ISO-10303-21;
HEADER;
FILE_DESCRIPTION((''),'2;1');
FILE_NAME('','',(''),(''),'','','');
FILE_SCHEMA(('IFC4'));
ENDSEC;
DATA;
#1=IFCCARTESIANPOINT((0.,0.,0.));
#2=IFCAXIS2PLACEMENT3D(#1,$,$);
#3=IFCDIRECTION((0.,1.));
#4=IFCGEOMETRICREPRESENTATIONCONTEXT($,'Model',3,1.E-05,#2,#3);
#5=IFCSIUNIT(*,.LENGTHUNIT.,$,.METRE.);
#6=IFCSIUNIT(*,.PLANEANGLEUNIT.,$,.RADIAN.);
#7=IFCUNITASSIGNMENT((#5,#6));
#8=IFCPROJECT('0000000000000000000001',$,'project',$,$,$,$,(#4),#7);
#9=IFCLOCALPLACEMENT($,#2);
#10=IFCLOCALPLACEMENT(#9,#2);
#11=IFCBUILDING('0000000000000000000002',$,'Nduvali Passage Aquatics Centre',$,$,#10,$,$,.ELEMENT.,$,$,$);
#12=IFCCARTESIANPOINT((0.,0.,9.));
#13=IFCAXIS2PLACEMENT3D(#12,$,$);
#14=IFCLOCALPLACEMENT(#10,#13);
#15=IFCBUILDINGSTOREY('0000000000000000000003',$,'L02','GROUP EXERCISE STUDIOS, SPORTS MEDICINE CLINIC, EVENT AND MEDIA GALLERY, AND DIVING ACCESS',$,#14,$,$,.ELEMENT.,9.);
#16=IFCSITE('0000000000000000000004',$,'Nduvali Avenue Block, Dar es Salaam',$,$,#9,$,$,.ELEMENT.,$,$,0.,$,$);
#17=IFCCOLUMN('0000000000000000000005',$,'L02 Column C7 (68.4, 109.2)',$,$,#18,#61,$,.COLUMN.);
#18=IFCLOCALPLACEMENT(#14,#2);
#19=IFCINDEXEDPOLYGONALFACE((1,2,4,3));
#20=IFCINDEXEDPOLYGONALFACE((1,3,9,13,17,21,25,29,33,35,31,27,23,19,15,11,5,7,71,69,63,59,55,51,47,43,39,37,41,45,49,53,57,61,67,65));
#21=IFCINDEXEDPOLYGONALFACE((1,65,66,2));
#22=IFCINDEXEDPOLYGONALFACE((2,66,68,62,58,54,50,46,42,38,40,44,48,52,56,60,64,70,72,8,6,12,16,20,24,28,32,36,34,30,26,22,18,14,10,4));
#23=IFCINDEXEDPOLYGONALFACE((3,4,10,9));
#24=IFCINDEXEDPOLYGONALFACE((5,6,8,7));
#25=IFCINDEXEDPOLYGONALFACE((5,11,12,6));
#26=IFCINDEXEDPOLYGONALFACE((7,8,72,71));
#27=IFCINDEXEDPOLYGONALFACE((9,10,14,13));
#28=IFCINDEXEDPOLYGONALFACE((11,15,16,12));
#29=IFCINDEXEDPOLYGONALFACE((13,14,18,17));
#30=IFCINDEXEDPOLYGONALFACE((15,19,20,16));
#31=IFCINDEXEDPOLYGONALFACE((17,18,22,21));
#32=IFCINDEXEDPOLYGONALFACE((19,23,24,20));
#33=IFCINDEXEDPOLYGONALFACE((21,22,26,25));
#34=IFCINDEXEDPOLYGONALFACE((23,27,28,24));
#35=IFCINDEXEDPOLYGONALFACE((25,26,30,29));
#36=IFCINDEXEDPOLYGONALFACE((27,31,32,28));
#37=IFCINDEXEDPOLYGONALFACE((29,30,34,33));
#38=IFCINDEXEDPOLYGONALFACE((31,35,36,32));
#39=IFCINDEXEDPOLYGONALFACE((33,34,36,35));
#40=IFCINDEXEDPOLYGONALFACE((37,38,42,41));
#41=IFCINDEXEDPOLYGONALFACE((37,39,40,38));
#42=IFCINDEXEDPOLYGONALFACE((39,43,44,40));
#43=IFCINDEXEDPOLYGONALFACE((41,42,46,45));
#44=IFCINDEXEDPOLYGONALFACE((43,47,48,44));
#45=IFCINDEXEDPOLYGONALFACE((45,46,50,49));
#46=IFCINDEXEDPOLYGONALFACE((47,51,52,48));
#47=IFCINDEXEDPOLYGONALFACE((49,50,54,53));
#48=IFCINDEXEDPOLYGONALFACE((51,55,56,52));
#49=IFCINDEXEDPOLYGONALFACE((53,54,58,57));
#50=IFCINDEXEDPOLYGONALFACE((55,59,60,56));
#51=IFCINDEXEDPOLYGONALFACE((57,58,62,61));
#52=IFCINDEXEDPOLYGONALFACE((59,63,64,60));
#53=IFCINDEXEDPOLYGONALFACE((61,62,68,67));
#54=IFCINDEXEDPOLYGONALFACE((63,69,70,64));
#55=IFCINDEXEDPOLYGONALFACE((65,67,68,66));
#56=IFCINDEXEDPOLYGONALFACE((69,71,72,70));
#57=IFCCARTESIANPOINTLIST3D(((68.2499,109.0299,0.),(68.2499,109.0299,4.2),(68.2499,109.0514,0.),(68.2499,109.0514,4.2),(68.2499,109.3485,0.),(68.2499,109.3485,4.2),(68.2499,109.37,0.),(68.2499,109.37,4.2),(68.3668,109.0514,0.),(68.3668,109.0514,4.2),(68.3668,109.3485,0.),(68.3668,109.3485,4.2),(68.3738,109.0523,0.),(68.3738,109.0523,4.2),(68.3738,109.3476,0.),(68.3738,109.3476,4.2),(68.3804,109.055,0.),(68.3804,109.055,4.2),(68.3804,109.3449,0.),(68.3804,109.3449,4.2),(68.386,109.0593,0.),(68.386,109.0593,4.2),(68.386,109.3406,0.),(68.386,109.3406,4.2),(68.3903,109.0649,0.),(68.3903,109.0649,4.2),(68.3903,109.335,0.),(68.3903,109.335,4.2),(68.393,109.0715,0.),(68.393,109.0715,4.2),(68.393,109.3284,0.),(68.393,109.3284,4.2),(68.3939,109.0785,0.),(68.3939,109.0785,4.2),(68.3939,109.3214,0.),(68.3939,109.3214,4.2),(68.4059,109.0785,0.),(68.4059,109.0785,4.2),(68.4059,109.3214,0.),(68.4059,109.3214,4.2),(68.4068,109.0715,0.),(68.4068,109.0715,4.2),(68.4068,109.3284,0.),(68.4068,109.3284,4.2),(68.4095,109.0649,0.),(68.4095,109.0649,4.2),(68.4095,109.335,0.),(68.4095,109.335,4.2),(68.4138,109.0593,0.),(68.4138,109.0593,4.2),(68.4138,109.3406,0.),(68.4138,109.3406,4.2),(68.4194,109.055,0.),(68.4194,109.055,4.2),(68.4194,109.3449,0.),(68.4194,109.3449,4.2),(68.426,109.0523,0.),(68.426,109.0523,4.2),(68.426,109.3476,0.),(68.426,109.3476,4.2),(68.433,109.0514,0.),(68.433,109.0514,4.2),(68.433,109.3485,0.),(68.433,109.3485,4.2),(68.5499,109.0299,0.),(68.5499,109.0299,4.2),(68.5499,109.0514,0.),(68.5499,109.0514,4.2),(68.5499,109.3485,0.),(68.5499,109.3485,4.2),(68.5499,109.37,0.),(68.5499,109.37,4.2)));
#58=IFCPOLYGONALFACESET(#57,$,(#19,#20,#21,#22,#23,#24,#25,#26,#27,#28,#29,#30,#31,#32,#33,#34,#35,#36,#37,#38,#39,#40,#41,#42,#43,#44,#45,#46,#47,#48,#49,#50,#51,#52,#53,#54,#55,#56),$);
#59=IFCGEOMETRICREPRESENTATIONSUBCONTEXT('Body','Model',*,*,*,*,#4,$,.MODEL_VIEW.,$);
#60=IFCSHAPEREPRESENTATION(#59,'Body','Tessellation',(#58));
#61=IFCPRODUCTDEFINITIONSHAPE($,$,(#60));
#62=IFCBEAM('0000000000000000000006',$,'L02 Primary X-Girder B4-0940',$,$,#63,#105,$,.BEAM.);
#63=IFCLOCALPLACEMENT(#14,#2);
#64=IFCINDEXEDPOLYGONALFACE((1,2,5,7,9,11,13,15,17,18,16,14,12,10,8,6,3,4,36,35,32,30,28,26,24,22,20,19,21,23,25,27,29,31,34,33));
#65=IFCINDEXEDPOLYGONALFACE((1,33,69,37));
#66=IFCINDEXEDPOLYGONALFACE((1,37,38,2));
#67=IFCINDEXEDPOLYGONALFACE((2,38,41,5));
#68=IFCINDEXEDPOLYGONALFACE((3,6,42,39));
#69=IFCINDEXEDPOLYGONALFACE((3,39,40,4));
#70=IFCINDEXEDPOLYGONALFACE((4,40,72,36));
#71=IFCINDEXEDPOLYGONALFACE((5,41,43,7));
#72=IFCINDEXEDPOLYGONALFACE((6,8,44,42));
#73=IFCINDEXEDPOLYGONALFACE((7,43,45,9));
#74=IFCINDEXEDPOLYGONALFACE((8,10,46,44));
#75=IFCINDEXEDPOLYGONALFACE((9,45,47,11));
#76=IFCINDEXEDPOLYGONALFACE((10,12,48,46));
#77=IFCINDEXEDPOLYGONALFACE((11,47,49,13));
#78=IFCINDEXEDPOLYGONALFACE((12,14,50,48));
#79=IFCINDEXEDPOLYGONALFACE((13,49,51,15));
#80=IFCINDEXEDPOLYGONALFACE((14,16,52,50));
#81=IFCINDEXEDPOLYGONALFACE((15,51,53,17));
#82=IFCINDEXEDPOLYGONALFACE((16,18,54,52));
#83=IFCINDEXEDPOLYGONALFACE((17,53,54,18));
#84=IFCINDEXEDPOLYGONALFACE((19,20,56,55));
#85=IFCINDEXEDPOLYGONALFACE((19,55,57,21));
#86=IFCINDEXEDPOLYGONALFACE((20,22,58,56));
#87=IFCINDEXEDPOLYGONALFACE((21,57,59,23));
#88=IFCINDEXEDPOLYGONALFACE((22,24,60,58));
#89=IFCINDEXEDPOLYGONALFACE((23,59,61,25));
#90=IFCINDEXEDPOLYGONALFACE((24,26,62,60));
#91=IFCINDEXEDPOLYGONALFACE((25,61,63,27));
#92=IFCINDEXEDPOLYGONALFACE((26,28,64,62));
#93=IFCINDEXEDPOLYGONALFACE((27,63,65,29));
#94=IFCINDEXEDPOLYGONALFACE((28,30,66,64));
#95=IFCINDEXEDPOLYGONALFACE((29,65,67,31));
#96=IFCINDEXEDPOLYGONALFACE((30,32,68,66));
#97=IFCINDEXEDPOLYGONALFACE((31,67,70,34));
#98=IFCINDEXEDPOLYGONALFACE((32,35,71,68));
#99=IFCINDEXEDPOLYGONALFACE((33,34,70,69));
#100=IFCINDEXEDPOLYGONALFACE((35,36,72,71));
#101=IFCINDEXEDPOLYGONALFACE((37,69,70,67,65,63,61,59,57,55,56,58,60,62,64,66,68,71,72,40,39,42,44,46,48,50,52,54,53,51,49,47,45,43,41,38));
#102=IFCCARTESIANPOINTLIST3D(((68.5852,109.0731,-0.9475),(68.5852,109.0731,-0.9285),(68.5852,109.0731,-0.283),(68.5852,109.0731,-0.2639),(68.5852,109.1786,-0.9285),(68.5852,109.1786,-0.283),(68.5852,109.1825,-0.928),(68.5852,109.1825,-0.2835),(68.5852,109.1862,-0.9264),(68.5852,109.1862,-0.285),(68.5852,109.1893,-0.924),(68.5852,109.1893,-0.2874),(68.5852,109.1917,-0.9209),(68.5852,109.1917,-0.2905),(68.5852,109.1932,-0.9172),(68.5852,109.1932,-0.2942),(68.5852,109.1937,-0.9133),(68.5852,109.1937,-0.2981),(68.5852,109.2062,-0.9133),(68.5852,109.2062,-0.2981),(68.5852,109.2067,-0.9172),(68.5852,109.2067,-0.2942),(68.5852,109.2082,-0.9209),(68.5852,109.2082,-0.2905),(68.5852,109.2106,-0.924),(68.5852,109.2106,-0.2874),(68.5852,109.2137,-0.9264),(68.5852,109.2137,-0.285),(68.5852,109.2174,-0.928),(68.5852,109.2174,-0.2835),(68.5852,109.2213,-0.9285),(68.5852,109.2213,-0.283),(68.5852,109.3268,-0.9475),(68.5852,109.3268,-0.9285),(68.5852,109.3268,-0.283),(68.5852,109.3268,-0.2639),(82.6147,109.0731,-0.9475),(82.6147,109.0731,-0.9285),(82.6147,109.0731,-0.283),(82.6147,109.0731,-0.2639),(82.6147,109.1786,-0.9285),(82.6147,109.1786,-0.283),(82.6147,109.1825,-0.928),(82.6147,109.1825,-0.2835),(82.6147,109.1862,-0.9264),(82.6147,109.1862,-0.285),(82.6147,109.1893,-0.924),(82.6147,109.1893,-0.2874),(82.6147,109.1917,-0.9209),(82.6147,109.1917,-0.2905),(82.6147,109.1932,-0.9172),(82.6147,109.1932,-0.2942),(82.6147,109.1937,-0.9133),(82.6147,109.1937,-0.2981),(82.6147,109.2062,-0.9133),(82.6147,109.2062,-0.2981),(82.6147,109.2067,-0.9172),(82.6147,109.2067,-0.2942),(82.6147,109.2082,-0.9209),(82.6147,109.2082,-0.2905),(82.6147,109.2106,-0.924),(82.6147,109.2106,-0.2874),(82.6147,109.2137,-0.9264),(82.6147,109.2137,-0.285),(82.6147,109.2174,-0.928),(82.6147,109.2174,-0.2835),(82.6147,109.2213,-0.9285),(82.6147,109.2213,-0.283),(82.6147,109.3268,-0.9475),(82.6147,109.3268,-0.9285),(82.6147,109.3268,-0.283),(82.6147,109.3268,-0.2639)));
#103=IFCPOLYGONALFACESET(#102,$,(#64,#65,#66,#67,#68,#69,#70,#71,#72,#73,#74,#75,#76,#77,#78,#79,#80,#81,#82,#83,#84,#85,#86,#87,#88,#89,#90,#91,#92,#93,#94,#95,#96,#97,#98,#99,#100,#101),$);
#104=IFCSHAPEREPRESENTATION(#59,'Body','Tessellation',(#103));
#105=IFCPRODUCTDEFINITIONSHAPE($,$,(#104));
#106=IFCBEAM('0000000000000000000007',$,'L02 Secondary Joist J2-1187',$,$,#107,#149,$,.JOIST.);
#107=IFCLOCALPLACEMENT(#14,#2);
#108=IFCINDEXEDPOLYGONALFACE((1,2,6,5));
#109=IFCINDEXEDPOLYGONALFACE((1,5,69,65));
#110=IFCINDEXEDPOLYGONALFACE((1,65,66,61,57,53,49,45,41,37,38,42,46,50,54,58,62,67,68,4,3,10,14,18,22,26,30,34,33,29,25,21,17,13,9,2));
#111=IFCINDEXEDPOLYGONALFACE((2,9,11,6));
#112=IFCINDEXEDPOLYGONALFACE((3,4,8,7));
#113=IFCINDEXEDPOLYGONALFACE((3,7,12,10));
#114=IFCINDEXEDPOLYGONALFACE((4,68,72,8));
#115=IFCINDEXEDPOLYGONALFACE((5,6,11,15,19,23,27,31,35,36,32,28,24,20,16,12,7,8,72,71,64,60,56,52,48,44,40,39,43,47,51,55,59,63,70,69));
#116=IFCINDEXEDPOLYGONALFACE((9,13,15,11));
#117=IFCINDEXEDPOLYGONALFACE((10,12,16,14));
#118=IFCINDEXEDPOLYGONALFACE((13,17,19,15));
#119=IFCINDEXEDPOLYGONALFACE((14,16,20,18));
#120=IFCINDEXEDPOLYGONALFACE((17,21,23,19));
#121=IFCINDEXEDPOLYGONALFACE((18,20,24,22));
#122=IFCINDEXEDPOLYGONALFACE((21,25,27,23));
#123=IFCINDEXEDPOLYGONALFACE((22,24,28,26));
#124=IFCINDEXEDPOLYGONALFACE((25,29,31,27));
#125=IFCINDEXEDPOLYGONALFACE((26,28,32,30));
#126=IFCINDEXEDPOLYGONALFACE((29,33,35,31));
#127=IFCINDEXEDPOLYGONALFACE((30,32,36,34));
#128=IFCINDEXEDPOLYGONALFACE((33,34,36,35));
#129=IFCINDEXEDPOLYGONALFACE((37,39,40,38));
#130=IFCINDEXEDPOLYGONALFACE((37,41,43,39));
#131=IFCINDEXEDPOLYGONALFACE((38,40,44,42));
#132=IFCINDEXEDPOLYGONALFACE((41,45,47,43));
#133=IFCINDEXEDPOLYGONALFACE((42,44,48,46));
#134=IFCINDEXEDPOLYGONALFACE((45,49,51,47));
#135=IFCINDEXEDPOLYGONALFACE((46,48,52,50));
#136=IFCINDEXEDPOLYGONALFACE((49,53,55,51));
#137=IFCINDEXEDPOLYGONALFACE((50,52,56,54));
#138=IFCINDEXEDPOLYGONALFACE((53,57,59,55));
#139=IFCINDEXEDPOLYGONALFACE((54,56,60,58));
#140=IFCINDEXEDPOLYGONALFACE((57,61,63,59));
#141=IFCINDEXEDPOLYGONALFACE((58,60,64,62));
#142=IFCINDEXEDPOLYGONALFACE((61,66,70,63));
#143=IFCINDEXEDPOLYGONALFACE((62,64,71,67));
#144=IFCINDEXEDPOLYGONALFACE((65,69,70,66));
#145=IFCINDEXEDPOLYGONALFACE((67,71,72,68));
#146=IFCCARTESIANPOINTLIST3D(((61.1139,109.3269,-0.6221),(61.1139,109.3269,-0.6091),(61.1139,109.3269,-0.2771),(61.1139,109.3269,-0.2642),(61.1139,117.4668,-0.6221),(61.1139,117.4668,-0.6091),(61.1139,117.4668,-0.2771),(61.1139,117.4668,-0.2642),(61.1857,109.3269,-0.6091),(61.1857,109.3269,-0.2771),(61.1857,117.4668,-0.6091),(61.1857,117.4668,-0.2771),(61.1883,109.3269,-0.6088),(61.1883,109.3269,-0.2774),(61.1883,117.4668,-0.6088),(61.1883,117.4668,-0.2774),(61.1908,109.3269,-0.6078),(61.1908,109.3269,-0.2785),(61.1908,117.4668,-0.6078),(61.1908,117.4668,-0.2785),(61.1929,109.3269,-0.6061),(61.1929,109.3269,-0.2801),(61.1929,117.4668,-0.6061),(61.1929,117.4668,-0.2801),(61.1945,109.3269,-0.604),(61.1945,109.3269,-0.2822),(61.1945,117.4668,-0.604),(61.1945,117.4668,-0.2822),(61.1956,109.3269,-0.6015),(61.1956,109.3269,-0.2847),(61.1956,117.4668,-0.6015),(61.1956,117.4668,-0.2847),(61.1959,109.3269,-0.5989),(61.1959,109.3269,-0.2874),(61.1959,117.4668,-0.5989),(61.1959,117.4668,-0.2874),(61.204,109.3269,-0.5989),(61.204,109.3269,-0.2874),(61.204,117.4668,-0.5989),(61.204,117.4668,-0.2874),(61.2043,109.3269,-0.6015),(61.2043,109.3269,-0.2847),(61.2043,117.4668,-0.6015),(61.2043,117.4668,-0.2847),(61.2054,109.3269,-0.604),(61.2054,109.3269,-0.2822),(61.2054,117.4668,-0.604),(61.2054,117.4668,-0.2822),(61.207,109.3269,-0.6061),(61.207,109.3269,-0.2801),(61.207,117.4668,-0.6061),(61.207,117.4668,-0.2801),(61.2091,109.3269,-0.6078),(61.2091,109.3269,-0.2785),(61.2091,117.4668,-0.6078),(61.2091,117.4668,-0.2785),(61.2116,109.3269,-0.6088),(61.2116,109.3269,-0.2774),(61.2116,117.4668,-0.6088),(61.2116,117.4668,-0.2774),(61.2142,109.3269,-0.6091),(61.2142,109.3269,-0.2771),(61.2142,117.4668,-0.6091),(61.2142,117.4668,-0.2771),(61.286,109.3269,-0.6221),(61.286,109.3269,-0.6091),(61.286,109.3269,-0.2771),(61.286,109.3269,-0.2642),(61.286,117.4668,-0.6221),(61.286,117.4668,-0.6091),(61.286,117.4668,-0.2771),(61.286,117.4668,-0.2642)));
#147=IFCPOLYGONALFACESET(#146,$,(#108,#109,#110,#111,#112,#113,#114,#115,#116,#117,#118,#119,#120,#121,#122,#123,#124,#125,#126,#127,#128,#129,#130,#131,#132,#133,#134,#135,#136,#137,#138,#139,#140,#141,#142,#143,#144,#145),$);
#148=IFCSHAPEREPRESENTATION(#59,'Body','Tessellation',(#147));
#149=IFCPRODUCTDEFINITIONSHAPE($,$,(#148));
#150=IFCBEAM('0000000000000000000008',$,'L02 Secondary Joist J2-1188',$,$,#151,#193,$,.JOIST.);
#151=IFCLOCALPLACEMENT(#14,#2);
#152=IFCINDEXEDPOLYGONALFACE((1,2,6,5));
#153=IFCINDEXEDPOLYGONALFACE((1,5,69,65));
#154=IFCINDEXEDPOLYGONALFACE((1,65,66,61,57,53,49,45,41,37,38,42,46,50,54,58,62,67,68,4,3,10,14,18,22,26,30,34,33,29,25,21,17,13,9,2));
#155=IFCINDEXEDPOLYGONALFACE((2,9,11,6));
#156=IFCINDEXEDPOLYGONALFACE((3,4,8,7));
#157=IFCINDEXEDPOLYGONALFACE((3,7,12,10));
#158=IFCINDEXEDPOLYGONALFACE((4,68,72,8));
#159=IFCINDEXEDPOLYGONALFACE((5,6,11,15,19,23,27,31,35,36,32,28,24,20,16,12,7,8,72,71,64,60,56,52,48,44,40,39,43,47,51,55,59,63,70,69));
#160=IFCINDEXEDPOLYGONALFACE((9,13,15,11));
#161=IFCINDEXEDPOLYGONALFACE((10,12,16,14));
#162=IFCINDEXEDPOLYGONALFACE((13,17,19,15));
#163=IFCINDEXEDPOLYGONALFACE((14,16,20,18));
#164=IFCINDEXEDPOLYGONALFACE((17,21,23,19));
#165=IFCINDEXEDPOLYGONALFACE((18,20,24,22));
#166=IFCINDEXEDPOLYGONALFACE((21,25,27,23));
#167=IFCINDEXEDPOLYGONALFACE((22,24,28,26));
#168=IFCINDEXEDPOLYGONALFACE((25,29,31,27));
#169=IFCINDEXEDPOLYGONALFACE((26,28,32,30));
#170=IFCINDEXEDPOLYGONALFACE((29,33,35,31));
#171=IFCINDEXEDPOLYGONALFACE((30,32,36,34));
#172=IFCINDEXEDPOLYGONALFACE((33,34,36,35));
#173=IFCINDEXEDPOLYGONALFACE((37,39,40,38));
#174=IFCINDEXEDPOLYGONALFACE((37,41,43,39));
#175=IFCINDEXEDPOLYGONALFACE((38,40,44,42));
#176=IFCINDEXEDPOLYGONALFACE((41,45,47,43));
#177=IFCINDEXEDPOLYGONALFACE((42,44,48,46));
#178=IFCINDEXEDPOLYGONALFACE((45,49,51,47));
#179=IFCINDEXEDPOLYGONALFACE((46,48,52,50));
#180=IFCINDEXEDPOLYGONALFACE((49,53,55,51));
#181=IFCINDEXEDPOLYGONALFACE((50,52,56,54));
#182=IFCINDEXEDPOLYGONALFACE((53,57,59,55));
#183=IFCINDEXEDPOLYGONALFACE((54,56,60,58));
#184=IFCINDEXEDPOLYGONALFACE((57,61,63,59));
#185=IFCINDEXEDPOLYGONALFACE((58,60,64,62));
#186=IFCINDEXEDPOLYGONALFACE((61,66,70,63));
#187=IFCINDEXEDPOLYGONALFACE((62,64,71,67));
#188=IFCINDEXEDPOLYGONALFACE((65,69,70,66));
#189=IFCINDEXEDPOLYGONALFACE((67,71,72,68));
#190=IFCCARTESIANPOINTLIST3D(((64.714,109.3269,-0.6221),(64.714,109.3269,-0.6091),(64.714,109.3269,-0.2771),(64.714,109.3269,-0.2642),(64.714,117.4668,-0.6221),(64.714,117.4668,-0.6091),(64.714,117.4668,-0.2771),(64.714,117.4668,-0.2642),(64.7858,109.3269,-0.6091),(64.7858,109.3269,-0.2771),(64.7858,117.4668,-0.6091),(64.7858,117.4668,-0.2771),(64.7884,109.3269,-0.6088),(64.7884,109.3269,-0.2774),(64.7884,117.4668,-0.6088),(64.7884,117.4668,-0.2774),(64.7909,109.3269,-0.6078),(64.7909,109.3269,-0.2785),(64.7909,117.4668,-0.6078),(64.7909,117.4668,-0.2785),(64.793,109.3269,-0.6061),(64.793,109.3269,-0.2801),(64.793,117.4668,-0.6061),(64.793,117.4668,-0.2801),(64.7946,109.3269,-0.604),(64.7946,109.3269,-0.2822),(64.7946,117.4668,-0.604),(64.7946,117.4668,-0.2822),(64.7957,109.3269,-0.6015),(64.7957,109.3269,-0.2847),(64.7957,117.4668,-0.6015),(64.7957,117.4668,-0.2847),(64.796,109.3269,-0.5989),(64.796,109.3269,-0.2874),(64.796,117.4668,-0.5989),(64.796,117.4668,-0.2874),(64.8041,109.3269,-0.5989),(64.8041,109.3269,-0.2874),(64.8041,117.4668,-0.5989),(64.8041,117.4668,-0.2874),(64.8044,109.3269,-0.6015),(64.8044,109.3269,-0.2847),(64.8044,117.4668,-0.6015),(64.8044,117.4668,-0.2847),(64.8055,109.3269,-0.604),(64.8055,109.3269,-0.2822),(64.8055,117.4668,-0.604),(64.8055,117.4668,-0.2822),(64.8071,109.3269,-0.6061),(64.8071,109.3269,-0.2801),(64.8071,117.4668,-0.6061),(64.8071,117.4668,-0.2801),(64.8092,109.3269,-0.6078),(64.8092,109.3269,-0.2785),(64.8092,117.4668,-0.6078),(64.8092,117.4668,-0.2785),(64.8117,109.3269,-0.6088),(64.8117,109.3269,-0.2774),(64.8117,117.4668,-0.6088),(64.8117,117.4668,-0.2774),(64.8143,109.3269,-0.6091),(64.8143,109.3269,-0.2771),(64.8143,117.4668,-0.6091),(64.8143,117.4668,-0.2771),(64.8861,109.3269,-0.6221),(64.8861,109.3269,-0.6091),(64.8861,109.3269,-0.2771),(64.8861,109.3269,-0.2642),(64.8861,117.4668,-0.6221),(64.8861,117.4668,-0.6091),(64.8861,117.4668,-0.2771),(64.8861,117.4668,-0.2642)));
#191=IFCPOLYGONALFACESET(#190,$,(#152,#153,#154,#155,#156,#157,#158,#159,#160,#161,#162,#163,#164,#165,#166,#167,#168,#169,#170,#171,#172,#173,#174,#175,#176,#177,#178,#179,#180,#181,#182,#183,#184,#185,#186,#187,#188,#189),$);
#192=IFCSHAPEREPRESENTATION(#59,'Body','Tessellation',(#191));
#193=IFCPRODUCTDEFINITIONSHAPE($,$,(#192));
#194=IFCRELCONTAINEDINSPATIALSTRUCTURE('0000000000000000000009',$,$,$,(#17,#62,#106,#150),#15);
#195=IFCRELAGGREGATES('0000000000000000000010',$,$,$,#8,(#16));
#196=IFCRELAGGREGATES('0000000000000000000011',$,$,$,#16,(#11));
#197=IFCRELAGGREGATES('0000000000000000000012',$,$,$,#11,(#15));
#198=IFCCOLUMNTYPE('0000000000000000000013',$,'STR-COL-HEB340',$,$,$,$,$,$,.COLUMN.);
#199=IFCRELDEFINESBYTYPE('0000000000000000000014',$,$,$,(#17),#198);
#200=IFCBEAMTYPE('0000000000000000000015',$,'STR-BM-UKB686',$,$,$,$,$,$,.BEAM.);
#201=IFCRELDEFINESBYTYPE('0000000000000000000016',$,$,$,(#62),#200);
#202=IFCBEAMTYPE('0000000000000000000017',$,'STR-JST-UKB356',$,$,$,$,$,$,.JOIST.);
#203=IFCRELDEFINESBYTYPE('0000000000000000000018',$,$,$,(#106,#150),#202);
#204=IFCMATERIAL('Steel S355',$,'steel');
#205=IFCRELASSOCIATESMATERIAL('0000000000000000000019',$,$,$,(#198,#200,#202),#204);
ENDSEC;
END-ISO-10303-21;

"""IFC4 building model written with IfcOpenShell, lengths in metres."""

from ifc_helpers import new_model, si_unit, direction, frame, origin, origin_2d, place, context, subcontext, project, spatial, i_section, extrude, material, material_profile, profile_set, type_object, element, save


model = new_model("IFC4")

# Units and contexts
model_context = context("Model", 3, precision=1e-05, world=origin(), true_north=direction((0.0, 1.0)))
body_context = subcontext(model_context, "Body", "Model", "MODEL_VIEW")
ifc_project = project(units=[si_unit("LENGTHUNIT", "METRE"), si_unit("PLANEANGLEUNIT", "RADIAN")], contexts=[model_context])

# Site, building, storey
site_placement = place(None, origin())
site = spatial("IfcSite", under=ifc_project, at=site_placement, Name="Nduvali Avenue Block, Dar es Salaam", CompositionType="ELEMENT", RefElevation=0.0)
building_placement = place(site_placement, origin())
building = spatial("IfcBuilding", under=site, at=building_placement, Name="Nduvali Passage Aquatics Centre", CompositionType="ELEMENT")
storey_placement = place(building_placement, frame((0.0, 0.0, 9.0)))
storey = spatial("IfcBuildingStorey", under=building, at=storey_placement, Name="L02", Description="GROUP EXERCISE STUDIOS, SPORTS MEDICINE CLINIC, EVENT AND MEDIA GALLERY, AND DIVING ACCESS", CompositionType="ELEMENT", Elevation=9.0)

# Column
ifc_material_1 = material(Name="Steel S355", Category="steel")
ifc_material_profile_1 = material_profile(ifc_material_1, i_section(OverallWidth=0.3, OverallDepth=0.3401, WebThickness=0.012, FlangeThickness=0.0215, FilletRadius=0.0271, at=origin_2d()), Name="HEB 340")
ifc_profile_set_1 = profile_set([ifc_material_profile_1], Name="Steel S355")
column_type = type_object("IfcColumnType", Name="STR-COL-HEB340", PredefinedType="COLUMN", material=ifc_profile_set_1)
column_placement = place(storey_placement, frame((68.3999, 109.2, 0.0), z_axis=(0.0, 0.0, 1.0), x_axis=(1.0, 0.0, 0.0)))
element("IfcColumn", 1, at=column_placement, inside=storey, type_object=column_type, Name="L02 Column C7 (68.4, 109.2)", PredefinedType="COLUMN", context=body_context, shape_type="SweptSolid", body=[
    extrude(i_section(OverallWidth=0.3, OverallDepth=0.3401, WebThickness=0.012, FlangeThickness=0.0215, FilletRadius=0.0271, at=origin_2d()), origin(), (0.0, 0.0, 1.0), 4.2),
])

# Beams
ifc_material_profile_2 = material_profile(ifc_material_1, i_section(OverallWidth=0.2537, OverallDepth=0.6836, WebThickness=0.0125, FlangeThickness=0.019, FilletRadius=0.0151, at=origin_2d()), Name="UKB 686x254x140")
ifc_profile_set_2 = profile_set([ifc_material_profile_2], Name="Steel S355")
beam_type_1 = type_object("IfcBeamType", Name="STR-BM-UKB686", PredefinedType="BEAM", material=ifc_profile_set_2)
beam_placement = place(storey_placement, frame((68.5852, 109.2, -0.6057), z_axis=(1.0, 0.0, 0.0), x_axis=(0.0, 1.0, 0.0)))
element("IfcBeam", 2, at=beam_placement, inside=storey, type_object=beam_type_1, Name="L02 Primary X-Girder B4-0940", PredefinedType="BEAM", context=body_context, shape_type="SweptSolid", body=[
    extrude(i_section(OverallWidth=0.2537, OverallDepth=0.6836, WebThickness=0.0125, FlangeThickness=0.019, FilletRadius=0.0151, at=origin_2d()), origin(), (0.0, 0.0, 1.0), 14.0295),
])
ifc_material_profile_3 = material_profile(ifc_material_1, i_section(OverallWidth=0.1721, OverallDepth=0.3579, WebThickness=0.0081, FlangeThickness=0.0129, FilletRadius=0.0103, at=origin_2d()), Name="UKB 356x171x57")
ifc_profile_set_3 = profile_set([ifc_material_profile_3], Name="Steel S355")
beam_type_2 = type_object("IfcBeamType", Name="STR-JST-UKB356", PredefinedType="JOIST", material=ifc_profile_set_3)
for number, where, z_axis, x_axis, name in (
    (3, (61.2, 109.3269, -0.4431), (0.0, 1.0, 0.0), (-1.0, 0.0, 0.0), "L02 Secondary Joist J2-1187"),
    (4, (64.8, 109.3269, -0.4431), (0.0, 1.0, 0.0), (-1.0, 0.0, 0.0), "L02 Secondary Joist J2-1188"),
):
    element("IfcBeam", number, at=place(storey_placement, frame(where, z_axis=z_axis, x_axis=x_axis)), inside=storey, type_object=beam_type_2, Name=name, PredefinedType="JOIST", context=body_context, shape_type="SweptSolid", body=[
        extrude(i_section(OverallWidth=0.1721, OverallDepth=0.3579, WebThickness=0.0081, FlangeThickness=0.0129, FilletRadius=0.0103, at=origin_2d()), origin(), (0.0, 0.0, 1.0), 8.1399),
    ])

save(model, "model.ifc")
